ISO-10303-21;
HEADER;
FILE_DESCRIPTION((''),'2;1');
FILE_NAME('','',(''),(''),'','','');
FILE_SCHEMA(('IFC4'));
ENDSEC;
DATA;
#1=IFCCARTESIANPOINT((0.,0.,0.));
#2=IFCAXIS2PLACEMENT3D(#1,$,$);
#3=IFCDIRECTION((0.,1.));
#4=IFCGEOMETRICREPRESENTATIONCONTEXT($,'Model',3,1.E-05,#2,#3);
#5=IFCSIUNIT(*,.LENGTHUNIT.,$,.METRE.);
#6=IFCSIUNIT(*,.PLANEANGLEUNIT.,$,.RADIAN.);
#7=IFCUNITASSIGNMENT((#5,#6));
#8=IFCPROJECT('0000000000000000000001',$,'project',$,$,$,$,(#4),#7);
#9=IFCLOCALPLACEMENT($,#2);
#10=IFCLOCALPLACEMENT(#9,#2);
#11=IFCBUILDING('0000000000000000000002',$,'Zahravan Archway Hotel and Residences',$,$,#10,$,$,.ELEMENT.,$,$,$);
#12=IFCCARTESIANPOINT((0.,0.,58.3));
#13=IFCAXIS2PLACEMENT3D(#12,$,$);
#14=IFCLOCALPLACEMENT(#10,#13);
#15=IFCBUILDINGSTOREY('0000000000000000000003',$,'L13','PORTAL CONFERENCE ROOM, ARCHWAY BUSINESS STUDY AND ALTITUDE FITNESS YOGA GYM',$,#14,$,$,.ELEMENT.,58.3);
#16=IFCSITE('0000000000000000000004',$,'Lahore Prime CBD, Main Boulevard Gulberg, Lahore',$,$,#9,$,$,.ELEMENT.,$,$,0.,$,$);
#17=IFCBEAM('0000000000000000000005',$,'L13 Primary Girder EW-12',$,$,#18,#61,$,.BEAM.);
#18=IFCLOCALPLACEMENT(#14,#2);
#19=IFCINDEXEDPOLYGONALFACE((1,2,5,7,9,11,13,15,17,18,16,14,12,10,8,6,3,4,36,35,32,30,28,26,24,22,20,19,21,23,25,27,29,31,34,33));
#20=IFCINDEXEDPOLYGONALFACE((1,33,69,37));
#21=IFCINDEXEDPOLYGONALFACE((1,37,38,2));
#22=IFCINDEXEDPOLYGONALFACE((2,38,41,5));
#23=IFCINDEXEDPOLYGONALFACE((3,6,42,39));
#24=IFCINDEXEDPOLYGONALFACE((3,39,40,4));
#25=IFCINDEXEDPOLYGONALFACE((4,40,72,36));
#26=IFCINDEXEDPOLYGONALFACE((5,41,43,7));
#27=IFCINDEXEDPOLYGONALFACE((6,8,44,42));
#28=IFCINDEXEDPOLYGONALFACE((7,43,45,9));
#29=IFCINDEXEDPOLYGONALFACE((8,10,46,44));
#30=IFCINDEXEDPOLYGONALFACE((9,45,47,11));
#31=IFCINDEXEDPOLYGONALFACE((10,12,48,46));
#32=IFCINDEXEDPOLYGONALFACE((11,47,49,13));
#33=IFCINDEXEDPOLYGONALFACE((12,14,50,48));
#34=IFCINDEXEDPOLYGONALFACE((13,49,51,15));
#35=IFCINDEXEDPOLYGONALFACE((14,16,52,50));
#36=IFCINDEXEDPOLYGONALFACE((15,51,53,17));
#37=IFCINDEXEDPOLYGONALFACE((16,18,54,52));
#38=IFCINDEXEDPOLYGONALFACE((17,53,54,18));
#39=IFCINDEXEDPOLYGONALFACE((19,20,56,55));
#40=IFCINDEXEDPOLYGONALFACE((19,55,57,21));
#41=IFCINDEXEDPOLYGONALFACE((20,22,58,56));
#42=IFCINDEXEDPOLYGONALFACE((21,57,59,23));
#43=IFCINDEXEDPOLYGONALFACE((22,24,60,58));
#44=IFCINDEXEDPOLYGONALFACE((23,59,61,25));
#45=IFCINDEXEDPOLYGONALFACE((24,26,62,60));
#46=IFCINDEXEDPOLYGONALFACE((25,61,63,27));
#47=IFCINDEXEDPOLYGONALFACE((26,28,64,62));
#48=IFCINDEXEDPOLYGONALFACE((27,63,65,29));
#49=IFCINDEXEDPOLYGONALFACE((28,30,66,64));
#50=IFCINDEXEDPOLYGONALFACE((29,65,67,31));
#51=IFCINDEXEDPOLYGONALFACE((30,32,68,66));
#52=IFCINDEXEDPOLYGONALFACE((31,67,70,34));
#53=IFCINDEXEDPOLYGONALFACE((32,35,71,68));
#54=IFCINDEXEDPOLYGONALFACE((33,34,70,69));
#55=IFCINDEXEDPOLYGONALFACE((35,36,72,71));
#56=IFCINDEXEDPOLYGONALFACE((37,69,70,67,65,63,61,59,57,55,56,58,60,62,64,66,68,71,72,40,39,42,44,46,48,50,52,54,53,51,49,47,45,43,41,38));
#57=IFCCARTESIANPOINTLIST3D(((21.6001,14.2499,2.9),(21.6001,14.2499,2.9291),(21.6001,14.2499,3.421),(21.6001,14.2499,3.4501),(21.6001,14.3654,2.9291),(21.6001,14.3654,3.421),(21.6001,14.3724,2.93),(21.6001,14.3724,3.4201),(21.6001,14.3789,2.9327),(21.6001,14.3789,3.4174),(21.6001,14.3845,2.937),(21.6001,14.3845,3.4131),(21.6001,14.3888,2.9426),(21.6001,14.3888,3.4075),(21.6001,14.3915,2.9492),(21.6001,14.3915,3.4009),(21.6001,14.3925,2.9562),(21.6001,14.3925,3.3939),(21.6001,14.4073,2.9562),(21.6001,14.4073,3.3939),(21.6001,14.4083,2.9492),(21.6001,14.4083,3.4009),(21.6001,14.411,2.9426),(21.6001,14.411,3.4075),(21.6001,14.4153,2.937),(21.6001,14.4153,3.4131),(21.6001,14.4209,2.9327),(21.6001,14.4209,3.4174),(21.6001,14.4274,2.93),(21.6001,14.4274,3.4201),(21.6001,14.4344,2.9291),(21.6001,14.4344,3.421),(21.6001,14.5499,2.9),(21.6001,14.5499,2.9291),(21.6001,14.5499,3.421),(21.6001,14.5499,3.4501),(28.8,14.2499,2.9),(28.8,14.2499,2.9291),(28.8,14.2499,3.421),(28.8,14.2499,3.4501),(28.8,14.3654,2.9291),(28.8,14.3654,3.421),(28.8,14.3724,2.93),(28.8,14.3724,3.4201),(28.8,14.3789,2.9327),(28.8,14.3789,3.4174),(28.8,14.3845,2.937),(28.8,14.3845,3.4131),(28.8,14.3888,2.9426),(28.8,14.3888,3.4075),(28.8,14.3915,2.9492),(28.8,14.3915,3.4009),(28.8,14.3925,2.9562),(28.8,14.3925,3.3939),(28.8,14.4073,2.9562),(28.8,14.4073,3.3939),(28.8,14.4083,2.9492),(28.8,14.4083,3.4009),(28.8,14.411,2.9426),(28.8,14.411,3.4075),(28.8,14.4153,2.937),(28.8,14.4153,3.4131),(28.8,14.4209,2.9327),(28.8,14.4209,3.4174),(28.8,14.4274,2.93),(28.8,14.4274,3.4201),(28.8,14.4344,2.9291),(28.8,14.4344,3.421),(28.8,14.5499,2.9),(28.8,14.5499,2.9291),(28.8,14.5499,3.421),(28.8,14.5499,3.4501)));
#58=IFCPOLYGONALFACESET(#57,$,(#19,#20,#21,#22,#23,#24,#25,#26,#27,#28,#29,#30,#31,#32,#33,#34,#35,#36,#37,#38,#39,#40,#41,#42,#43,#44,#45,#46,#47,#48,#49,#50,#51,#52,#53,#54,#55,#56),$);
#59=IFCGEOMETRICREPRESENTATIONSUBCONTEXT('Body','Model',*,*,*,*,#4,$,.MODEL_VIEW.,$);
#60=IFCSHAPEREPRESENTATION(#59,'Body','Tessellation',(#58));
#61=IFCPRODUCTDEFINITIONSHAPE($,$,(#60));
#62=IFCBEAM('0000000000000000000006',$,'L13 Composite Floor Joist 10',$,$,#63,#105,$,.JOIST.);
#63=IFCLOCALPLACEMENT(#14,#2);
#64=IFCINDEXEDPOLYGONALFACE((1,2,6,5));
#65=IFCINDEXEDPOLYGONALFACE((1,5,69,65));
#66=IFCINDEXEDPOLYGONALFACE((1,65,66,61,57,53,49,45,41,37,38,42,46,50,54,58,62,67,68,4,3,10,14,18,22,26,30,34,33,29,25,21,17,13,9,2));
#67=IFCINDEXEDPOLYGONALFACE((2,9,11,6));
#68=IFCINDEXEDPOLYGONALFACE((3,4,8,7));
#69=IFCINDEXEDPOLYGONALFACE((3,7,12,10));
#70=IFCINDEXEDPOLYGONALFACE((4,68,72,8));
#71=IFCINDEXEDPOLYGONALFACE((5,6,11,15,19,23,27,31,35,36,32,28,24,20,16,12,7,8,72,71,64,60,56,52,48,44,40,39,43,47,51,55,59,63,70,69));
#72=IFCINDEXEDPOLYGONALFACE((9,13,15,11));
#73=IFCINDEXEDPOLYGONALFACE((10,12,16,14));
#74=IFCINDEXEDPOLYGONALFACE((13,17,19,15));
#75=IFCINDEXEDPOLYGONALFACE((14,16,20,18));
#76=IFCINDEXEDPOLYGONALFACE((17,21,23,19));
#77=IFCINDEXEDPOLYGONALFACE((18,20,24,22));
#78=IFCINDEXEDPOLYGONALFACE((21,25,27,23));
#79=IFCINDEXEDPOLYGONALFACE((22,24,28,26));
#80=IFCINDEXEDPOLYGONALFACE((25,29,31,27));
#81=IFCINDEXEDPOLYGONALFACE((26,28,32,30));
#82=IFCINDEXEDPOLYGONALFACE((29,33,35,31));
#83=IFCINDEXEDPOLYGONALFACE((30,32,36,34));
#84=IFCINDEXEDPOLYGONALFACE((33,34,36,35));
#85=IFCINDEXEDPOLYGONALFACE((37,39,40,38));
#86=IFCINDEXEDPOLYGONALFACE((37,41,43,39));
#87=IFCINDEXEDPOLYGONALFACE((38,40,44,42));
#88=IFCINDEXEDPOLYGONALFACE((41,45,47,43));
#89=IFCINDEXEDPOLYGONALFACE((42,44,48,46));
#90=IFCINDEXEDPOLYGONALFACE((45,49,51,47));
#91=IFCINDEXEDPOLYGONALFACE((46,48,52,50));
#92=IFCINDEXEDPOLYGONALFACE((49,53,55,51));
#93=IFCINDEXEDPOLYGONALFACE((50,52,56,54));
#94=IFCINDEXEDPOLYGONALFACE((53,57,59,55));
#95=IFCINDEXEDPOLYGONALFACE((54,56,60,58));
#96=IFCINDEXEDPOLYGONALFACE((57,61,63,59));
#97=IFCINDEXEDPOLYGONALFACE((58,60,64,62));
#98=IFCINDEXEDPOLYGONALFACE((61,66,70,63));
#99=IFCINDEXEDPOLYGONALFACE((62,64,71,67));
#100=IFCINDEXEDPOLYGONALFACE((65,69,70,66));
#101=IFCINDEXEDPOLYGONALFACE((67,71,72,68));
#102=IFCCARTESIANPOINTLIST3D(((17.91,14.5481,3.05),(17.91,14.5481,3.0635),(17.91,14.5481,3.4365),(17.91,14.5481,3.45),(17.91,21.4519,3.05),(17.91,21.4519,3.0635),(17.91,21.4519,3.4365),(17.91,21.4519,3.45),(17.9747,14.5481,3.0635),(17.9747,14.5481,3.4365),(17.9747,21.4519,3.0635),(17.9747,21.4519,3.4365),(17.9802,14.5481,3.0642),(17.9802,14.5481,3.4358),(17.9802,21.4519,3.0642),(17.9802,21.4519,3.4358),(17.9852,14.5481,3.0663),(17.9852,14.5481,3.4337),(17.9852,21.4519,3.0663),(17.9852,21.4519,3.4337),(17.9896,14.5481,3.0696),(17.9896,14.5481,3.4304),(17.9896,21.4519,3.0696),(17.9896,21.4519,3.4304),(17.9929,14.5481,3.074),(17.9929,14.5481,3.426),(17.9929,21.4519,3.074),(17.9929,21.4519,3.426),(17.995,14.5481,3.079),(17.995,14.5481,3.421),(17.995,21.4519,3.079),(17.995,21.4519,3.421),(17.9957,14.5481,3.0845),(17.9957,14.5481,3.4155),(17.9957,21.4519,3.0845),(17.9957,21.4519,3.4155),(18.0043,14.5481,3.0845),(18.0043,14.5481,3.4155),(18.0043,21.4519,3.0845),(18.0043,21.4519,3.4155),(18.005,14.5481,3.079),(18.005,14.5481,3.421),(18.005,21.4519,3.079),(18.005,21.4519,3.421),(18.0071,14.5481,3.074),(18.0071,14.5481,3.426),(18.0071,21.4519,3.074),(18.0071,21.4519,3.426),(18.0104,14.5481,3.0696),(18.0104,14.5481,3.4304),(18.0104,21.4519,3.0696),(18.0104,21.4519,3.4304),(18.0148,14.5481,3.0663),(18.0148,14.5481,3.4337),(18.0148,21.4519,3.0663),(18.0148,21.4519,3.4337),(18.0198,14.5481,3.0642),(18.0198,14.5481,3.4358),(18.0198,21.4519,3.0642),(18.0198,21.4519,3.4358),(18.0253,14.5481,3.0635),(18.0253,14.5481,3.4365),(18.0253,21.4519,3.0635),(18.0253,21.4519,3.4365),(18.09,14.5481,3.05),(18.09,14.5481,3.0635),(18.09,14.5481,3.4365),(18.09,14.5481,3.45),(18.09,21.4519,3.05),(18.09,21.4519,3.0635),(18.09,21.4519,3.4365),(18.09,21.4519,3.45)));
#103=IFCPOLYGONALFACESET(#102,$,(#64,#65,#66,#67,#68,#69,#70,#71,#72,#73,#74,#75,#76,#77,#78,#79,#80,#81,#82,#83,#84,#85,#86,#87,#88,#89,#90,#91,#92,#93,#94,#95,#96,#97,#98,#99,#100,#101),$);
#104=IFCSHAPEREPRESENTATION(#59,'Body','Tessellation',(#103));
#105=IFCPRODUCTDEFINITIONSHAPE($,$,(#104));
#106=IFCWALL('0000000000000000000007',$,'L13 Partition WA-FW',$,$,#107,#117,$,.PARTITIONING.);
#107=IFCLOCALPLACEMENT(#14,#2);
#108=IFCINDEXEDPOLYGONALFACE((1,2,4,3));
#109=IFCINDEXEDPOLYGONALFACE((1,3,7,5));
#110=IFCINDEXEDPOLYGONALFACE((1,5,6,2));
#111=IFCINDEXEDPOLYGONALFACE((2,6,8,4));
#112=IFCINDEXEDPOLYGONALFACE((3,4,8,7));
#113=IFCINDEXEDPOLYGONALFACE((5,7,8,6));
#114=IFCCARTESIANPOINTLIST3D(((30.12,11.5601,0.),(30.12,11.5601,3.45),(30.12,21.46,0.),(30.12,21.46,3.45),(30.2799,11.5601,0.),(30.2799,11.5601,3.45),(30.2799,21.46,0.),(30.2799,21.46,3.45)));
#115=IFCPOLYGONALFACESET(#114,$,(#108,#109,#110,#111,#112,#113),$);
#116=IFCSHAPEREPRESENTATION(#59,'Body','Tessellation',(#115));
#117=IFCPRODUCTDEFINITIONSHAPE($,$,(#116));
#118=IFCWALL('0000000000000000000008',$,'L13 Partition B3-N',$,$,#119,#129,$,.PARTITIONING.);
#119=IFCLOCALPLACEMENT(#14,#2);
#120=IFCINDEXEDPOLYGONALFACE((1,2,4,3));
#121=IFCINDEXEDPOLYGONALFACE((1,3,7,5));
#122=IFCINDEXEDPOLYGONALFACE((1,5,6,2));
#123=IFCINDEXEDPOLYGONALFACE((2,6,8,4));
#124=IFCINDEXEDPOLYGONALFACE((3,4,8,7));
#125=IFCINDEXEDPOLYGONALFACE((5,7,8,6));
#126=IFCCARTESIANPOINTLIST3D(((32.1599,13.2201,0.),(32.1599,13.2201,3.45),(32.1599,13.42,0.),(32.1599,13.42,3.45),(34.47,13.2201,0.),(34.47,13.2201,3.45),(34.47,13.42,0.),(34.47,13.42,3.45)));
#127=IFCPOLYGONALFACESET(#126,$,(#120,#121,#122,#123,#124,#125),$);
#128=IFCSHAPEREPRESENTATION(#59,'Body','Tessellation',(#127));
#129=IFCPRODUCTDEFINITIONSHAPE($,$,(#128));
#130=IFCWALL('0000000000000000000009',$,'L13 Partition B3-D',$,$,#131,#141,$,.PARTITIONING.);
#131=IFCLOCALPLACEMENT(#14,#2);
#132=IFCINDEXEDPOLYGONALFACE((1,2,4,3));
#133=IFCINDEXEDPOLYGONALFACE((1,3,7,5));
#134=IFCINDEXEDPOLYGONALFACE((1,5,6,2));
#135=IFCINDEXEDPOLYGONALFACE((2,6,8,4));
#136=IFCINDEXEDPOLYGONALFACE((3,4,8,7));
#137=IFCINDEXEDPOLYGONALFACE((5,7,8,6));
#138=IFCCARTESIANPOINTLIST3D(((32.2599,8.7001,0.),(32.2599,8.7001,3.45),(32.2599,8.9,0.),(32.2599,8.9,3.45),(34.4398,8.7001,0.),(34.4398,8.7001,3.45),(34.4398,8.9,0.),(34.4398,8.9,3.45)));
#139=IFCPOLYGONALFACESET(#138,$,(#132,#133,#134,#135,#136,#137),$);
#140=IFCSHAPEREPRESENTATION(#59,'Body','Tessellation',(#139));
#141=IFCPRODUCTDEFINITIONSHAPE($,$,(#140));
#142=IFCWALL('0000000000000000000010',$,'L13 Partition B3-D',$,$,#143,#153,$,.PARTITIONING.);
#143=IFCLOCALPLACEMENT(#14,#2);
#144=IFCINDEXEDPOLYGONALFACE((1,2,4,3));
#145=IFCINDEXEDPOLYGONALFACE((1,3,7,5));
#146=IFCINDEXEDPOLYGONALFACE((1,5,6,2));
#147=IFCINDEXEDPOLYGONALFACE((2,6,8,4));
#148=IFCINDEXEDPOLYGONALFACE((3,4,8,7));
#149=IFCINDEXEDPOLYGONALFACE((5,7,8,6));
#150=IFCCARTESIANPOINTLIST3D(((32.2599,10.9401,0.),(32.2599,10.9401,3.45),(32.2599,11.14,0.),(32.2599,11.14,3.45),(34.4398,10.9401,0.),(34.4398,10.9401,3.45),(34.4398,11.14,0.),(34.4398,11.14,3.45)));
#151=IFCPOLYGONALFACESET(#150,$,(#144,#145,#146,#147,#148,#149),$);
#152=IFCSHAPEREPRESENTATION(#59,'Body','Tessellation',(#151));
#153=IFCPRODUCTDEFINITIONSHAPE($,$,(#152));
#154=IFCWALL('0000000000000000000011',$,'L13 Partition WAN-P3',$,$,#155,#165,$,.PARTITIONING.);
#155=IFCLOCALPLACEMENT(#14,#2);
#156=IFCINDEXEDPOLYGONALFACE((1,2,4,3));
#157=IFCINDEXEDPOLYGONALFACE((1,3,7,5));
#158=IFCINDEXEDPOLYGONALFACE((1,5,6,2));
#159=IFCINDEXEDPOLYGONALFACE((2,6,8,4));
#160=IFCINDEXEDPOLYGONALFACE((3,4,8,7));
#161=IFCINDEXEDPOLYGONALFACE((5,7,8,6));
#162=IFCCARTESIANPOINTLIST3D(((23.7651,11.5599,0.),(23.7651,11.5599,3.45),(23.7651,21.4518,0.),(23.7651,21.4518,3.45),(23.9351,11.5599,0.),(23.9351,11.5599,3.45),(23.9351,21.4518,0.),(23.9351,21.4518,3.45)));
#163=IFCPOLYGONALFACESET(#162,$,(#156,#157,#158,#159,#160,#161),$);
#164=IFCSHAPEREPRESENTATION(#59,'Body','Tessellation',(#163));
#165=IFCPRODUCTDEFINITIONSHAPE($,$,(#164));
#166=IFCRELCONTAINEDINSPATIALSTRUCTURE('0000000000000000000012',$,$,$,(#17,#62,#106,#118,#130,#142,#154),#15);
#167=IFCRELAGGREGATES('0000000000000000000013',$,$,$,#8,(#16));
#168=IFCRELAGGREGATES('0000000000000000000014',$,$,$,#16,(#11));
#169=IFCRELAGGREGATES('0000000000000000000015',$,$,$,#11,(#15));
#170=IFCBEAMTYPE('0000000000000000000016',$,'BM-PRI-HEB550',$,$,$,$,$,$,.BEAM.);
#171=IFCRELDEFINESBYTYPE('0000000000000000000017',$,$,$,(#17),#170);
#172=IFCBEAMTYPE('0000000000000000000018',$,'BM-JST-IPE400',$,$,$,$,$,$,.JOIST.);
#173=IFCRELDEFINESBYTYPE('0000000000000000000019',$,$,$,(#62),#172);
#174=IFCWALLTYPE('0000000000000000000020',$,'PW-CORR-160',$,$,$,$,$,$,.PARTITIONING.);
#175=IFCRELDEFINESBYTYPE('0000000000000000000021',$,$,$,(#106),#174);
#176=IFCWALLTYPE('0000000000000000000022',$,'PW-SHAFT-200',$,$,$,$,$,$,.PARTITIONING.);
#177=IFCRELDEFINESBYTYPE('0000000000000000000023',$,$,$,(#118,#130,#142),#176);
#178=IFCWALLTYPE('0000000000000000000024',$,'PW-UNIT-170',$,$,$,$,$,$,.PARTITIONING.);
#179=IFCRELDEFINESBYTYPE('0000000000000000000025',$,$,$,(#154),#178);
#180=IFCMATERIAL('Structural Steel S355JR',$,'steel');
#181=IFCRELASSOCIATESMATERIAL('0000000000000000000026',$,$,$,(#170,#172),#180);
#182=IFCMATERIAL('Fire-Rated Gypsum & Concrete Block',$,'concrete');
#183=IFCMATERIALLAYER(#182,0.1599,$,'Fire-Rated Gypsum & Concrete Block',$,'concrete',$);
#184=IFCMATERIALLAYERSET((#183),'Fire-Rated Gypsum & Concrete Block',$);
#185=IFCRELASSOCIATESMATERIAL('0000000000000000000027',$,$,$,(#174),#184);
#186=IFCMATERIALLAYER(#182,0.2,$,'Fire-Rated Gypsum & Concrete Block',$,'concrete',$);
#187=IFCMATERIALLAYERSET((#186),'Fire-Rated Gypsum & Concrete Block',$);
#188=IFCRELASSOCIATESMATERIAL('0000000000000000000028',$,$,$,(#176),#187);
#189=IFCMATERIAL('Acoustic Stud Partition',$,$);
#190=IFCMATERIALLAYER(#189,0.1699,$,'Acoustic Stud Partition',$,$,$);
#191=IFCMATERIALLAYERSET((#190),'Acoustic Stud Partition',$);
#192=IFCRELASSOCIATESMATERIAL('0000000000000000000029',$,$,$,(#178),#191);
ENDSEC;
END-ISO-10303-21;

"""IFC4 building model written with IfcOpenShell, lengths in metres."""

from ifc_helpers import new_model, si_unit, direction, frame, frame_2d, origin, origin_2d, place, context, subcontext, project, spatial, rectangle, i_section, extrude, source, transform, mapped, material, layer, layer_set, material_profile, profile_set, type_object, element, save


model = new_model("IFC4")

# Units and contexts
model_context = context("Model", 3, precision=1e-05, world=origin(), true_north=direction((0.0, 1.0)))
body_context = subcontext(model_context, "Body", "Model", "MODEL_VIEW")
ifc_project = project(units=[si_unit("LENGTHUNIT", "METRE"), si_unit("PLANEANGLEUNIT", "RADIAN")], contexts=[model_context])

# Site, building, storey
site_placement = place(None, origin())
site = spatial("IfcSite", under=ifc_project, at=site_placement, Name="Lahore Prime CBD, Main Boulevard Gulberg, Lahore", CompositionType="ELEMENT", RefElevation=0.0)
building_placement = place(site_placement, origin())
building = spatial("IfcBuilding", under=site, at=building_placement, Name="Zahravan Archway Hotel and Residences", CompositionType="ELEMENT")
storey_placement = place(building_placement, frame((0.0, 0.0, 58.3)))
storey = spatial("IfcBuildingStorey", under=building, at=storey_placement, Name="L13", Description="PORTAL CONFERENCE ROOM, ARCHWAY BUSINESS STUDY AND ALTITUDE FITNESS YOGA GYM", CompositionType="ELEMENT", Elevation=58.3)

# Beams
ifc_material_1 = material(Name="Structural Steel S355JR", Category="steel")
ifc_material_profile_1 = material_profile(ifc_material_1, i_section(OverallWidth=0.3, OverallDepth=0.55, WebThickness=0.0149, FlangeThickness=0.0291, FilletRadius=0.0271, at=origin_2d()), Name="HEB 550", Category="steel")
ifc_profile_set_1 = profile_set([ifc_material_profile_1], Name="Structural Steel S355JR")
beam_type_1 = type_object("IfcBeamType", Name="BM-PRI-HEB550", PredefinedType="BEAM", material=ifc_profile_set_1)
shared_shape_1 = source(origin(), body_context, "Body", "SweptSolid", [
    extrude(i_section(OverallWidth=0.3, OverallDepth=0.55, WebThickness=0.0149, FlangeThickness=0.0291, FilletRadius=0.0271, at=origin_2d()), origin(), (0.0, 0.0, 1.0), 7.2),
])
beam_1_placement = place(storey_placement, frame((21.6001, 14.3999, 3.175), z_axis=(1.0, 0.0, 0.0), x_axis=(0.0, 1.0, 0.0)))
element("IfcBeam", 1, at=beam_1_placement, inside=storey, type_object=beam_type_1, Name="L13 Primary Girder EW-12", PredefinedType="BEAM", context=body_context, shape_type="MappedRepresentation", body=[
    mapped(shared_shape_1, transform((0.0, 0.0, 0.0), scale=1.0)),
])
ifc_material_profile_2 = material_profile(ifc_material_1, i_section(OverallWidth=0.1799, OverallDepth=0.3999, WebThickness=0.0085, FlangeThickness=0.0134, FilletRadius=0.021, at=origin_2d()), Name="IPE 400", Category="steel")
ifc_profile_set_2 = profile_set([ifc_material_profile_2], Name="Structural Steel S355JR")
beam_type_2 = type_object("IfcBeamType", Name="BM-JST-IPE400", PredefinedType="JOIST", material=ifc_profile_set_2)
shared_shape_2 = source(origin(), body_context, "Body", "SweptSolid", [
    extrude(i_section(OverallWidth=0.1799, OverallDepth=0.3999, WebThickness=0.0085, FlangeThickness=0.0134, FilletRadius=0.021, at=origin_2d()), origin(), (0.0, 0.0, 1.0), 6.9038),
])
beam_2_placement = place(storey_placement, frame((18.0, 14.5481, 3.25), z_axis=(0.0, 1.0, 0.0), x_axis=(-1.0, 0.0, 0.0)))
element("IfcBeam", 2, at=beam_2_placement, inside=storey, type_object=beam_type_2, Name="L13 Composite Floor Joist 10", PredefinedType="JOIST", context=body_context, shape_type="MappedRepresentation", body=[
    mapped(shared_shape_2, transform((0.0, 0.0, 0.0), scale=1.0)),
])

# Walls
ifc_material_2 = material(Name="Fire-Rated Gypsum & Concrete Block", Category="concrete")
ifc_layer_1 = layer(ifc_material_2, 0.1599, Name="Fire-Rated Gypsum & Concrete Block", Category="concrete")
ifc_layer_set_1 = layer_set([ifc_layer_1], Name="Fire-Rated Gypsum & Concrete Block")
wall_type_1 = type_object("IfcWallType", Name="PW-CORR-160", PredefinedType="PARTITIONING", material=ifc_layer_set_1)
wall_1_placement = place(storey_placement, frame((30.2, 11.5601, 0.0), z_axis=(0.0, 0.0, 1.0), x_axis=(0.0, 1.0, 0.0)))
element("IfcWall", 3, at=wall_1_placement, inside=storey, type_object=wall_type_1, Name="L13 Partition WA-FW", PredefinedType="PARTITIONING", context=body_context, shape_type="SweptSolid", body=[
    extrude(rectangle(XDim=9.8999, YDim=0.1599, at=frame_2d((4.95, 0.0))), origin(), (0.0, 0.0, 1.0), 3.45),
])
ifc_layer_2 = layer(ifc_material_2, 0.2, Name="Fire-Rated Gypsum & Concrete Block", Category="concrete")
ifc_layer_set_2 = layer_set([ifc_layer_2], Name="Fire-Rated Gypsum & Concrete Block")
wall_type_2 = type_object("IfcWallType", Name="PW-SHAFT-200", PredefinedType="PARTITIONING", material=ifc_layer_set_2)
wall_2_placement = place(storey_placement, frame((32.1599, 13.3201, 0.0), z_axis=(0.0, 0.0, 1.0), x_axis=(1.0, 0.0, 0.0)))
element("IfcWall", 4, at=wall_2_placement, inside=storey, type_object=wall_type_2, Name="L13 Partition B3-N", PredefinedType="PARTITIONING", context=body_context, shape_type="SweptSolid", body=[
    extrude(rectangle(XDim=2.3101, YDim=0.2, at=frame_2d((1.155, 0.0))), origin(), (0.0, 0.0, 1.0), 3.45),
])
for number, where, z_axis, x_axis, name in (
    (5, (32.26, 8.8, 0.0), (0.0, 0.0, 1.0), (1.0, 0.0, 0.0), "L13 Partition B3-D"),
    (6, (32.26, 11.04, 0.0), (0.0, 0.0, 1.0), (1.0, 0.0, 0.0), "L13 Partition B3-D"),
):
    element("IfcWall", number, at=place(storey_placement, frame(where, z_axis=z_axis, x_axis=x_axis)), inside=storey, type_object=wall_type_2, Name=name, PredefinedType="PARTITIONING", context=body_context, shape_type="SweptSolid", body=[
        extrude(rectangle(XDim=2.1799, YDim=0.2, at=frame_2d((1.0898, 0.0))), origin(), (0.0, 0.0, 1.0), 3.45),
    ])
ifc_material_3 = material(Name="Acoustic Stud Partition")
ifc_layer_3 = layer(ifc_material_3, 0.1699, Name="Acoustic Stud Partition")
ifc_layer_set_3 = layer_set([ifc_layer_3], Name="Acoustic Stud Partition")
wall_type_3 = type_object("IfcWallType", Name="PW-UNIT-170", PredefinedType="PARTITIONING", material=ifc_layer_set_3)
wall_3_placement = place(storey_placement, frame((23.8501, 11.5601, 0.0), z_axis=(0.0, 0.0, 1.0), x_axis=(0.0, 1.0, 0.0)))
element("IfcWall", 7, at=wall_3_placement, inside=storey, type_object=wall_type_3, Name="L13 Partition WAN-P3", PredefinedType="PARTITIONING", context=body_context, shape_type="SweptSolid", body=[
    extrude(rectangle(XDim=9.8918, YDim=0.1699, at=frame_2d((4.9458, 0.0))), origin(), (0.0, 0.0, 1.0), 3.45),
])

save(model, "model.ifc")
